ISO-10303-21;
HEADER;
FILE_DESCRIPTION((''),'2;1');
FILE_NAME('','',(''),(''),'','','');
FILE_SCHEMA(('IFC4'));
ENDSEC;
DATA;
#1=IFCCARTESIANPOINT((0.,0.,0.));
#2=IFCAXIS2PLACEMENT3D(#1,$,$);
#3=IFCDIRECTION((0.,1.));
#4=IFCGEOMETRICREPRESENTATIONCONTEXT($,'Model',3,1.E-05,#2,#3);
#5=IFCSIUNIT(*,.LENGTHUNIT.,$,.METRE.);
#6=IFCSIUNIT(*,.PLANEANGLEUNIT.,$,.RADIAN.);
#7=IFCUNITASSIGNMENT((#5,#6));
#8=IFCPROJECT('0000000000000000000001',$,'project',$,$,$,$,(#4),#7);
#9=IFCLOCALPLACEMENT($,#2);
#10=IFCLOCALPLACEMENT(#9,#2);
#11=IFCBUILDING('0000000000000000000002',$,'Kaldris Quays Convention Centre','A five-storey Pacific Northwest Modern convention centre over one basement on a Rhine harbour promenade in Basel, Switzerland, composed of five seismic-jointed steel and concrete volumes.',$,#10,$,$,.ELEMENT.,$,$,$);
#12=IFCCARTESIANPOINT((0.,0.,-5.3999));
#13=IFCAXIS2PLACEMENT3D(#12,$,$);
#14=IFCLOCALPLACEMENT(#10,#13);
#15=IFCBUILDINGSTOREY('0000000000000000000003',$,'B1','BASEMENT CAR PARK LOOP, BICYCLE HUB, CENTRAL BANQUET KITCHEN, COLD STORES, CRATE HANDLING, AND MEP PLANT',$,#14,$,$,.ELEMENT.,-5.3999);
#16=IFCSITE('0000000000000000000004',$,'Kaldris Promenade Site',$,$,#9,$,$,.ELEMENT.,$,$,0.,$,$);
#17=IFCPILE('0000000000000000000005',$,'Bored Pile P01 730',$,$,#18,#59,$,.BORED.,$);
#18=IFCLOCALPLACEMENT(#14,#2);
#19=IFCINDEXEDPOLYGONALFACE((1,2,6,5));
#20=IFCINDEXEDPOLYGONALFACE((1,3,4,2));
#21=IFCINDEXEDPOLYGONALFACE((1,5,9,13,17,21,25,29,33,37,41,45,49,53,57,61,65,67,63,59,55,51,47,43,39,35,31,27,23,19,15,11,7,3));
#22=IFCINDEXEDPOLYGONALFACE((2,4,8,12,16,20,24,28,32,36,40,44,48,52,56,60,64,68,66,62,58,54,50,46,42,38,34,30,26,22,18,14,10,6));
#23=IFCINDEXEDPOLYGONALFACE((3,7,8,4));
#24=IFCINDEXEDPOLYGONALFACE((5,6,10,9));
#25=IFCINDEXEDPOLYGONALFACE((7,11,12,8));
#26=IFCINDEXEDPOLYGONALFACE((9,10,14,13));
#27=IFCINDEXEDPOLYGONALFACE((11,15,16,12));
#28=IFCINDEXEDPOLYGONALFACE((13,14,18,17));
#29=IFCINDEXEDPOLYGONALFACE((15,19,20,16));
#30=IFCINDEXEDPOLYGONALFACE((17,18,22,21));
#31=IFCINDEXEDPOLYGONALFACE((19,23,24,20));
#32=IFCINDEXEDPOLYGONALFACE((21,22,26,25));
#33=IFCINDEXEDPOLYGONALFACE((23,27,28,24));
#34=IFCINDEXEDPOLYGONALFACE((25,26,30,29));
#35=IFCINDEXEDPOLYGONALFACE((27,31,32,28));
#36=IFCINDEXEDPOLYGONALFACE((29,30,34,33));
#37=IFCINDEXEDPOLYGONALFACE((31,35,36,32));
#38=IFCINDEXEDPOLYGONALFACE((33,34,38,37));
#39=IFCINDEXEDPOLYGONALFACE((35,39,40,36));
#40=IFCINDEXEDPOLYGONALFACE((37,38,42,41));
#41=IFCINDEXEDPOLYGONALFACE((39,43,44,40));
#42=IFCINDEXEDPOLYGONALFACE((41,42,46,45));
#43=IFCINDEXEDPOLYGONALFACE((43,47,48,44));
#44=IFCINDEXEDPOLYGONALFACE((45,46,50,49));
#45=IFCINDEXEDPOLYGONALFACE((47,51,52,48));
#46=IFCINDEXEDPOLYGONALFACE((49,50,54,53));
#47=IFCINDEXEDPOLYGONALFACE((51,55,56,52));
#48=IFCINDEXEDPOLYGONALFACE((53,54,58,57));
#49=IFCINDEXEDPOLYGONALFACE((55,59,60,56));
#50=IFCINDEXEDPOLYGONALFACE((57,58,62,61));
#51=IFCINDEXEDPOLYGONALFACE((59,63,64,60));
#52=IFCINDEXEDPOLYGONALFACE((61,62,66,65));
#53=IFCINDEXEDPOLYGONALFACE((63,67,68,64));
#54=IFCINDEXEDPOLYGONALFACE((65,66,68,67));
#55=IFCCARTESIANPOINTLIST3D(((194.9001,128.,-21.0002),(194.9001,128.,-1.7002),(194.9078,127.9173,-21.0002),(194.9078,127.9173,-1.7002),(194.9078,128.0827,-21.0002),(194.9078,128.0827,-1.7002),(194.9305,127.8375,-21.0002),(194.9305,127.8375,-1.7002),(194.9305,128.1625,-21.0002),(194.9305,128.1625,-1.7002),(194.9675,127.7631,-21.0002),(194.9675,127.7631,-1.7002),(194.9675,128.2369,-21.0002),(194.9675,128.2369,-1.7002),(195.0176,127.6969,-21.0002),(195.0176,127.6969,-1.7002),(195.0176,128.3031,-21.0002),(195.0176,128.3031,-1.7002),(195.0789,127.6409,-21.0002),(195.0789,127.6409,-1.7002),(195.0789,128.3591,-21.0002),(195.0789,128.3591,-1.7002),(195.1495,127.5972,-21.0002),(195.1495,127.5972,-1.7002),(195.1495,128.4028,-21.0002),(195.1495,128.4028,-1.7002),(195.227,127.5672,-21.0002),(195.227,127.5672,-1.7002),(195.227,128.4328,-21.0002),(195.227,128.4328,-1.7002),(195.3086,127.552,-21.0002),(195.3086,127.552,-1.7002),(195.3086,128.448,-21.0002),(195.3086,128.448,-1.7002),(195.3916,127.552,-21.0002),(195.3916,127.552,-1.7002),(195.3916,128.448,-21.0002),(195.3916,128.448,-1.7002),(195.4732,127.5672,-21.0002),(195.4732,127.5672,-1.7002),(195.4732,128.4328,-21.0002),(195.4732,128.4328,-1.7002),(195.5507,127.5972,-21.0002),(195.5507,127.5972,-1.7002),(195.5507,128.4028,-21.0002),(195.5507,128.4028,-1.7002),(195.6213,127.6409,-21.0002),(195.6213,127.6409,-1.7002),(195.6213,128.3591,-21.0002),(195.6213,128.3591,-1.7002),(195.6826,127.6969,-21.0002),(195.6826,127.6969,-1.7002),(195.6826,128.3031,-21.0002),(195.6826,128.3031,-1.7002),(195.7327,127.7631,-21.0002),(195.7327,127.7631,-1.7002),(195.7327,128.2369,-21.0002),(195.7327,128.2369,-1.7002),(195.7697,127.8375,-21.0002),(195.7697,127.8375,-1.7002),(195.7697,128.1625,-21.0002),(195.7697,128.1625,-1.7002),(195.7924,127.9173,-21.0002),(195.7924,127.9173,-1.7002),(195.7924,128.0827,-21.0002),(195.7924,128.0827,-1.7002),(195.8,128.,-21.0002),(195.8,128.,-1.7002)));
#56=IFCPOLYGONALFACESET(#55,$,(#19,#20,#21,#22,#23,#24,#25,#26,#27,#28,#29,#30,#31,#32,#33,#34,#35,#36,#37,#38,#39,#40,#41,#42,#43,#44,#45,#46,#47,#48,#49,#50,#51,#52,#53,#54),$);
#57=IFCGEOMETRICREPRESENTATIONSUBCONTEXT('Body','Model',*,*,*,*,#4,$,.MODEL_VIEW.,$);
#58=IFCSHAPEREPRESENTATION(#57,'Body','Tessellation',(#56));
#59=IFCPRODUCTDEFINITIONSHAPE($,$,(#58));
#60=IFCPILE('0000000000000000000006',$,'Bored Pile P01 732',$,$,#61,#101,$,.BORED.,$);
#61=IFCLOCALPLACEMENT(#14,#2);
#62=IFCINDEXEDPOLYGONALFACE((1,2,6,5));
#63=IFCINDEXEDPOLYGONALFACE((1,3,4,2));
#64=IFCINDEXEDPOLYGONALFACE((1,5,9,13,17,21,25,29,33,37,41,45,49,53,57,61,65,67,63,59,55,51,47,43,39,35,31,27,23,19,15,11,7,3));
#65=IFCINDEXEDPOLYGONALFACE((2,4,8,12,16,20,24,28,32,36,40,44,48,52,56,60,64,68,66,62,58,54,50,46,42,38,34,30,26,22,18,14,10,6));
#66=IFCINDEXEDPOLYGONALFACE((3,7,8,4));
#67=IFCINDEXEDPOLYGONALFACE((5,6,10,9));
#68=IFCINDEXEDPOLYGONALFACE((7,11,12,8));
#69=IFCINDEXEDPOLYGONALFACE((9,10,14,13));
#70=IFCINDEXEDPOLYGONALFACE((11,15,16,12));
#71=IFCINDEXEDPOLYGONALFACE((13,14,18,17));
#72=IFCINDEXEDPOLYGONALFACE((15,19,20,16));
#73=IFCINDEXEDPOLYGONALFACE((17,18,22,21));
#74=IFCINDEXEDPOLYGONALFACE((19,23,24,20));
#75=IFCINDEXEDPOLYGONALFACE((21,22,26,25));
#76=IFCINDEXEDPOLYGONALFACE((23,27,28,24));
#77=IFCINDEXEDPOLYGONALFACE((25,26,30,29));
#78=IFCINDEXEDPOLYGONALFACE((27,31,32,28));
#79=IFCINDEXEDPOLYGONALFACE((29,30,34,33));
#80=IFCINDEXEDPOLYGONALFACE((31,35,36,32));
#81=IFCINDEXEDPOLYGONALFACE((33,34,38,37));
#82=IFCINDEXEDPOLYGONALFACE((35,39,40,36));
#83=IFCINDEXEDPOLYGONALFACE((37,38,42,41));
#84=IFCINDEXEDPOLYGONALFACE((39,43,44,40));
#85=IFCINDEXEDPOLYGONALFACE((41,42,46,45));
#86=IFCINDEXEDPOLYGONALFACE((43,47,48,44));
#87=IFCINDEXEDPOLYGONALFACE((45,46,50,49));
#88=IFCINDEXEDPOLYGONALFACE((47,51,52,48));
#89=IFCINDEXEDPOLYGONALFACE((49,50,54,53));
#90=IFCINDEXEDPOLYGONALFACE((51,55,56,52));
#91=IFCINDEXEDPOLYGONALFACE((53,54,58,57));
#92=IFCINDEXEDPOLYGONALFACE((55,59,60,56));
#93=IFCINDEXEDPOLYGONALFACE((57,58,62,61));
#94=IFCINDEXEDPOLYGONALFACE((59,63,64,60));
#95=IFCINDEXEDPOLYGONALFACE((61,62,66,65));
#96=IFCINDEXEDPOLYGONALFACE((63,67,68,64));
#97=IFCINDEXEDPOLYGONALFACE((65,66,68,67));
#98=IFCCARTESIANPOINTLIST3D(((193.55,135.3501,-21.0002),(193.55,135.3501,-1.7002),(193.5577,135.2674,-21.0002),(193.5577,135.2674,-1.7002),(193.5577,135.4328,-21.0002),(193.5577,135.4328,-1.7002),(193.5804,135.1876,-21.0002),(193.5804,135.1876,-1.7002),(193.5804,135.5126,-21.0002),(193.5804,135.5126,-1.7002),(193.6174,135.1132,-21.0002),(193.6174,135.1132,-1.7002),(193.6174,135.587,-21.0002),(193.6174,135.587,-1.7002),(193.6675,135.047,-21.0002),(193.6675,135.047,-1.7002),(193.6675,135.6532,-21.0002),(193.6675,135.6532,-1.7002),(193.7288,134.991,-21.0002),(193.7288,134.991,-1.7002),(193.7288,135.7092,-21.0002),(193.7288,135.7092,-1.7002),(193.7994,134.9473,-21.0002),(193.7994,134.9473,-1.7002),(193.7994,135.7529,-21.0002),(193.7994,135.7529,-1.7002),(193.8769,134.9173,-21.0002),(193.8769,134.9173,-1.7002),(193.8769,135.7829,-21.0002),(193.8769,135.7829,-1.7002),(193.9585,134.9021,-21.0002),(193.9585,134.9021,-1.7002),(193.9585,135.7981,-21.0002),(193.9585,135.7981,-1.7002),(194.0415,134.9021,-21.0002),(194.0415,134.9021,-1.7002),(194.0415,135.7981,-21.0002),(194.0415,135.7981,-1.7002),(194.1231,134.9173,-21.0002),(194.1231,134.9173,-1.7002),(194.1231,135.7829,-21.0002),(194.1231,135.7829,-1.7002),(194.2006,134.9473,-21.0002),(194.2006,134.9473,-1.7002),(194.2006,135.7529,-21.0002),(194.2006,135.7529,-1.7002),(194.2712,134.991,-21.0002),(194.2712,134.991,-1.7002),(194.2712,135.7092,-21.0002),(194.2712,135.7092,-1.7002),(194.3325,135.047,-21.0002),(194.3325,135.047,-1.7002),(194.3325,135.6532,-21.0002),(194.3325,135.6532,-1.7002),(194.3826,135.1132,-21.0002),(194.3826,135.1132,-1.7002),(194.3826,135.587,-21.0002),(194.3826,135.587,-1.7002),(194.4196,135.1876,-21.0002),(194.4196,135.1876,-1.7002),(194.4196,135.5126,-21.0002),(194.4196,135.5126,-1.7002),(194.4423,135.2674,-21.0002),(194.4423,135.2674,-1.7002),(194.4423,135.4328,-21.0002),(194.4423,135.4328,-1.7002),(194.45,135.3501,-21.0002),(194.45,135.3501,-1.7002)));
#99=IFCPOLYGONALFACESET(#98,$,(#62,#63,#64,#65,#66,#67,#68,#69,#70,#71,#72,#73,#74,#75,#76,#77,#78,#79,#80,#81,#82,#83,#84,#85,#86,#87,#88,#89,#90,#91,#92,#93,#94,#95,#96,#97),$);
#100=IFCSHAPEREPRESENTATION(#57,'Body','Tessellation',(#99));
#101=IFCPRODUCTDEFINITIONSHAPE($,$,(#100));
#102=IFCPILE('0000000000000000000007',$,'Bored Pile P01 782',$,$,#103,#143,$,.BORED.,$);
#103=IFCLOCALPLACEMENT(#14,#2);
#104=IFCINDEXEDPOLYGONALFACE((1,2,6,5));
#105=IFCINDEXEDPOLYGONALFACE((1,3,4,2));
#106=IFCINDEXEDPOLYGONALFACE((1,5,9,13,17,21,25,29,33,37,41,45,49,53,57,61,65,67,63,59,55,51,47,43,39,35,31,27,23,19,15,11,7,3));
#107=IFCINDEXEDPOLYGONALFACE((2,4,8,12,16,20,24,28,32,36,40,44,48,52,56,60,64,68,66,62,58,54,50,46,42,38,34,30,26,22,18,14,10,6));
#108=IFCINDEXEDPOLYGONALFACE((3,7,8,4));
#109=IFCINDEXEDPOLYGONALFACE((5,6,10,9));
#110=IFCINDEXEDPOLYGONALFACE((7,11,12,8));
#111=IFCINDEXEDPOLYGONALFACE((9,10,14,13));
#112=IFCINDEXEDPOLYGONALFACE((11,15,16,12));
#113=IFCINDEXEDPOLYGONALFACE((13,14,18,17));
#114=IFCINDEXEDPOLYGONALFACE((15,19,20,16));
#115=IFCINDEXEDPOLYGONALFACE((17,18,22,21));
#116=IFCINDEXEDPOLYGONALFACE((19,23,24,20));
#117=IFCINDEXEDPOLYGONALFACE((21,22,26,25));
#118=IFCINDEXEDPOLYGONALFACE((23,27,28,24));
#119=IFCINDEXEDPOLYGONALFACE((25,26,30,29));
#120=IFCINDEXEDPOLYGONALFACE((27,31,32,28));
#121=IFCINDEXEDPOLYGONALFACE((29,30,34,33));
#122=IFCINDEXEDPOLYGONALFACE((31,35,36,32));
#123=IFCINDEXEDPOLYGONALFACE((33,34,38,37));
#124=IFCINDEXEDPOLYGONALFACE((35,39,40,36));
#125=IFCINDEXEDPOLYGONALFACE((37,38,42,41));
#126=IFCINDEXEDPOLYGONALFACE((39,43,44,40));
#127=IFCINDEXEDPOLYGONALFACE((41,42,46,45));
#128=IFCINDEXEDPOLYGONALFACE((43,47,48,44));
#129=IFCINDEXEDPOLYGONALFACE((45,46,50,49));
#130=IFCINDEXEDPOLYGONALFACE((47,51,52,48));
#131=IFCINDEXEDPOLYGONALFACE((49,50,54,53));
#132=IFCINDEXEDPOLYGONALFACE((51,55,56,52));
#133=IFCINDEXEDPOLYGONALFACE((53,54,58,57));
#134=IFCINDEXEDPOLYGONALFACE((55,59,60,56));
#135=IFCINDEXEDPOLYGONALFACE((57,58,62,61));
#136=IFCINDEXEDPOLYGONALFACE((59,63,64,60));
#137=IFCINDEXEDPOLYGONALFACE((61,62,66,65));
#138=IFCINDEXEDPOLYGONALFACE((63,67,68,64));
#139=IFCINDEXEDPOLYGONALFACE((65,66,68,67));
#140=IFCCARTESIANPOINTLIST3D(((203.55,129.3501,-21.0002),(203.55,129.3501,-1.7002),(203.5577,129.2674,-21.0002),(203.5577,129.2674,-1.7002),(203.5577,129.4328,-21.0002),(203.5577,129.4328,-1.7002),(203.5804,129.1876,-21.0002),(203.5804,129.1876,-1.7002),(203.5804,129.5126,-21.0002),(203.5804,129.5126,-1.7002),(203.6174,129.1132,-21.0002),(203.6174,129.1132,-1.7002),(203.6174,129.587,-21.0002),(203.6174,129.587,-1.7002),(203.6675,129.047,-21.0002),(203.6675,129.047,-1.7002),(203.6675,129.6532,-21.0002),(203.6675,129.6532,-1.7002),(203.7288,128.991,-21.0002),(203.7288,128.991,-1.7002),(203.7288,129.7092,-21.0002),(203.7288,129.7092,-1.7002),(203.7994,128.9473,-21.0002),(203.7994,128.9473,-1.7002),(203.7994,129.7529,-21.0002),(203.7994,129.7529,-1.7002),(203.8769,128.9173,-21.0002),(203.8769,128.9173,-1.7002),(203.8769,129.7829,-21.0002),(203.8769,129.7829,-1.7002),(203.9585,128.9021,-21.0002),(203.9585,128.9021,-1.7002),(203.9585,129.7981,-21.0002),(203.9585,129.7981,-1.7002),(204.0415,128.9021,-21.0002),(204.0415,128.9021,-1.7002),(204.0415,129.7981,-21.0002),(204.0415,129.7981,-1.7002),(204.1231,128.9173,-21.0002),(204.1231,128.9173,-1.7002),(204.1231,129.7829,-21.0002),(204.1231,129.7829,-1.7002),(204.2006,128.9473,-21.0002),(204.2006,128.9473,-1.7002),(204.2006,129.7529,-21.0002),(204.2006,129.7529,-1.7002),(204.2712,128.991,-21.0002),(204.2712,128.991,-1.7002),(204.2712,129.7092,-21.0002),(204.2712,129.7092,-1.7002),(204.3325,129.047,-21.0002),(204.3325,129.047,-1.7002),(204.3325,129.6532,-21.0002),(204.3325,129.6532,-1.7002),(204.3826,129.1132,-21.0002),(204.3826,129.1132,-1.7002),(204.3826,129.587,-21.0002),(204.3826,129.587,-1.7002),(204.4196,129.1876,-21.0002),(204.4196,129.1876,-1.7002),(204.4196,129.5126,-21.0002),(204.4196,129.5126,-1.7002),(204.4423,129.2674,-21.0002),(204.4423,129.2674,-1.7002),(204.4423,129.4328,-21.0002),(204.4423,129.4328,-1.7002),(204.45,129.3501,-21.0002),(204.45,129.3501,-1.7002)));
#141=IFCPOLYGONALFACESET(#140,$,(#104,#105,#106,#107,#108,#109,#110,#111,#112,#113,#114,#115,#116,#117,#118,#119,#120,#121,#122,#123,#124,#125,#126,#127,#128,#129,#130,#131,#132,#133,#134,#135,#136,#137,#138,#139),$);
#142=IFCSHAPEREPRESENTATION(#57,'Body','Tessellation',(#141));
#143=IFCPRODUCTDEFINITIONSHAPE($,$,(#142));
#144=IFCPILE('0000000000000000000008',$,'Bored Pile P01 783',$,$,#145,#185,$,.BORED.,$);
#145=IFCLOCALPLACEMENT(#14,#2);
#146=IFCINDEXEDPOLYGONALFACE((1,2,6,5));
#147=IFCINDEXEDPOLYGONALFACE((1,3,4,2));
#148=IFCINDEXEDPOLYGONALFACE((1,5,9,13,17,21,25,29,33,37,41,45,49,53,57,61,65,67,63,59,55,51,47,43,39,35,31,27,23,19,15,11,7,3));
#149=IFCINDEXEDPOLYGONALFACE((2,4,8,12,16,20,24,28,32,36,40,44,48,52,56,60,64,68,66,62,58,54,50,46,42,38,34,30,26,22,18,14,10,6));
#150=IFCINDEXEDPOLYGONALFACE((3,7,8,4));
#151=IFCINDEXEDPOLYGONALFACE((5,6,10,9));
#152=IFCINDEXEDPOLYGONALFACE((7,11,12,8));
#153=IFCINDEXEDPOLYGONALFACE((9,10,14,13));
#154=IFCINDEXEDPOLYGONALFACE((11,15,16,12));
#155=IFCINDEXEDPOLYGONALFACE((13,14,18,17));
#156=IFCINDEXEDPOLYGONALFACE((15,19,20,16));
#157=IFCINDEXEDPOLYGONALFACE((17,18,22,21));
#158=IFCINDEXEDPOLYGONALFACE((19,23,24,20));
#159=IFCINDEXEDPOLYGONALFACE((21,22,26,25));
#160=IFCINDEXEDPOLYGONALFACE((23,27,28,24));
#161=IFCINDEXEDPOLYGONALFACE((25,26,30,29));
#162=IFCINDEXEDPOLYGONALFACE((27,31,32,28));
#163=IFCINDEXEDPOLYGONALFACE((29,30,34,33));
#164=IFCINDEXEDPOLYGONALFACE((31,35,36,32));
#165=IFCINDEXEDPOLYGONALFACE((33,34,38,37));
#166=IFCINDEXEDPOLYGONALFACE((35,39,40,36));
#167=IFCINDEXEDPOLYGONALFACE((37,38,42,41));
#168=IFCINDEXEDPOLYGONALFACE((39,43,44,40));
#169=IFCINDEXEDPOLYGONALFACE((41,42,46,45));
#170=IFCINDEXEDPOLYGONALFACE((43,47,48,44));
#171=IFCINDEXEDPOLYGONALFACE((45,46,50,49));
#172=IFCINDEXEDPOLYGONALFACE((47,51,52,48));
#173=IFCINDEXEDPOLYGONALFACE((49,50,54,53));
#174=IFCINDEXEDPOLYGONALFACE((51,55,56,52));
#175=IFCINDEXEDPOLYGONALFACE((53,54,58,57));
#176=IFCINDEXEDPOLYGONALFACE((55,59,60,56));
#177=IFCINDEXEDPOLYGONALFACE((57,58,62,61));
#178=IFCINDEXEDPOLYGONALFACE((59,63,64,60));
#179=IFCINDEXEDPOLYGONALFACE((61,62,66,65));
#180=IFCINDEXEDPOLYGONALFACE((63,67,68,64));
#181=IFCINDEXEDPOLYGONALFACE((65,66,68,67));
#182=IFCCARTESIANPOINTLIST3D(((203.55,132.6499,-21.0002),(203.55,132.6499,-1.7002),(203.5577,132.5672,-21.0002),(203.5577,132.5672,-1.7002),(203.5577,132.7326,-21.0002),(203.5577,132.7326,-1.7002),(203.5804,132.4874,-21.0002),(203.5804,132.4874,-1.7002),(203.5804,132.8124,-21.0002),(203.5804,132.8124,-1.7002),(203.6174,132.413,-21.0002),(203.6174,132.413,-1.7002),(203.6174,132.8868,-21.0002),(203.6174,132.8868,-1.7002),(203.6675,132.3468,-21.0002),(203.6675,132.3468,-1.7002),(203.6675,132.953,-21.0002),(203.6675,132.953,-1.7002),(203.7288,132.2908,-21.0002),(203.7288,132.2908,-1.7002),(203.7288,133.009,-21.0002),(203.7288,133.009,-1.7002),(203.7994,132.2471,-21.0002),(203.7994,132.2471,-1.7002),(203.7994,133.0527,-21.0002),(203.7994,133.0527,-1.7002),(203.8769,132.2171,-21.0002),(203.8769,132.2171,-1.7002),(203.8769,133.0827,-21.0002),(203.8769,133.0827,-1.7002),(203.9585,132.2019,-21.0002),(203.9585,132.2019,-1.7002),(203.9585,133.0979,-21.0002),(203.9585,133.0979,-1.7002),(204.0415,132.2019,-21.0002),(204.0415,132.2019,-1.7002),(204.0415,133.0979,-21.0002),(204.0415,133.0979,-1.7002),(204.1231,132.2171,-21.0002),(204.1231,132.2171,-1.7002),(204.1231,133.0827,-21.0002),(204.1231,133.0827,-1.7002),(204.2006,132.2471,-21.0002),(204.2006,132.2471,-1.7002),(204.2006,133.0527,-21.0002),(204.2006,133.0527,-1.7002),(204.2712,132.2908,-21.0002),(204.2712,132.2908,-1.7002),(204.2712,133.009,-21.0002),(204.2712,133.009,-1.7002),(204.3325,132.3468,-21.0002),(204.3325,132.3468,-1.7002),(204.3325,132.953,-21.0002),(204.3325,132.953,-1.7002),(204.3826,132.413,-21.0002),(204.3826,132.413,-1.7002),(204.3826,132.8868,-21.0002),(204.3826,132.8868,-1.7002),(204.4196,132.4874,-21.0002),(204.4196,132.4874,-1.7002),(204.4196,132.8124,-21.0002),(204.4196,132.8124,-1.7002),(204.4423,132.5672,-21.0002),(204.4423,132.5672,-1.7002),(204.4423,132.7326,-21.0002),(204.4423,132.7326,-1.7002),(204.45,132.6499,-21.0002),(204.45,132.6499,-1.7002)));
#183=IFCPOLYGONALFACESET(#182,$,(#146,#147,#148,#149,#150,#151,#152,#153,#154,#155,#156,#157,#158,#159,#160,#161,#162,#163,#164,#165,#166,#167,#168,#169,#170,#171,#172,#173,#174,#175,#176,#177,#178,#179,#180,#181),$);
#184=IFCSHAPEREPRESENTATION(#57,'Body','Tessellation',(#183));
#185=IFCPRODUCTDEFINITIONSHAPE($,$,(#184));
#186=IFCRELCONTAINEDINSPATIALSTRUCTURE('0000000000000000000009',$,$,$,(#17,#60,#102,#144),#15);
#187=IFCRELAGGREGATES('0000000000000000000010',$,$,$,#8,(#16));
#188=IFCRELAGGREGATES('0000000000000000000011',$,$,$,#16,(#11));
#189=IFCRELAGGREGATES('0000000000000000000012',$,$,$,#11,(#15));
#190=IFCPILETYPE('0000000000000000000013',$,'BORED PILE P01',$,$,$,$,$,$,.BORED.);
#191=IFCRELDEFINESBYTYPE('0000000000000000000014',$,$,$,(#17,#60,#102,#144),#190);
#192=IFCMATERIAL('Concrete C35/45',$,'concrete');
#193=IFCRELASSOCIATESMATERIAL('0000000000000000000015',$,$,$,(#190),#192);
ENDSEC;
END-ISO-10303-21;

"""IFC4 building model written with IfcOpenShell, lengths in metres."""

from ifc_helpers import new_model, si_unit, direction, frame, origin, origin_2d, place, context, subcontext, project, spatial, circle, extrude, material, material_profile, profile_set, type_object, element, save


model = new_model("IFC4")

# Units and contexts
model_context = context("Model", 3, precision=1e-05, world=origin(), true_north=direction((0.0, 1.0)))
body_context = subcontext(model_context, "Body", "Model", "MODEL_VIEW")
ifc_project = project(units=[si_unit("LENGTHUNIT", "METRE"), si_unit("PLANEANGLEUNIT", "RADIAN")], contexts=[model_context])

# Site, building, storey
site_placement = place(None, origin())
site = spatial("IfcSite", under=ifc_project, at=site_placement, Name="Kaldris Promenade Site", CompositionType="ELEMENT", RefElevation=0.0)
building_placement = place(site_placement, origin())
building = spatial("IfcBuilding", under=site, at=building_placement, Name="Kaldris Quays Convention Centre", Description="A five-storey Pacific Northwest Modern convention centre over one basement on a Rhine harbour promenade in Basel, Switzerland, composed of five seismic-jointed steel and concrete volumes.", CompositionType="ELEMENT")
storey_placement = place(building_placement, frame((0.0, 0.0, -5.3999)))
storey = spatial("IfcBuildingStorey", under=building, at=storey_placement, Name="B1", Description="BASEMENT CAR PARK LOOP, BICYCLE HUB, CENTRAL BANQUET KITCHEN, COLD STORES, CRATE HANDLING, AND MEP PLANT", CompositionType="ELEMENT", Elevation=-5.3999)

# Piles
ifc_material_1 = material(Name="Concrete C35/45", Category="concrete")
ifc_material_profile_1 = material_profile(ifc_material_1, circle(Radius=0.45, at=origin_2d()), Name="BORED PILE D900")
ifc_profile_set_1 = profile_set([ifc_material_profile_1], Name="Concrete C35/45")
pile_type = type_object("IfcPileType", Name="BORED PILE P01", PredefinedType="BORED", material=ifc_profile_set_1)
for number, where, z_axis, x_axis, name in (
    (1, (195.3501, 128.0, -1.7002), (0.0, 0.0, -1.0), (1.0, 0.0, 0.0), "Bored Pile P01 730"),
    (2, (194.0, 135.3501, -1.7002), (0.0, 0.0, -1.0), (1.0, 0.0, 0.0), "Bored Pile P01 732"),
    (3, (204.0, 129.3501, -1.7002), (0.0, 0.0, -1.0), (1.0, 0.0, 0.0), "Bored Pile P01 782"),
    (4, (204.0, 132.6499, -1.7002), (0.0, 0.0, -1.0), (1.0, 0.0, 0.0), "Bored Pile P01 783"),
):
    element("IfcPile", number, at=place(storey_placement, frame(where, z_axis=z_axis, x_axis=x_axis)), inside=storey, type_object=pile_type, Name=name, PredefinedType="BORED", context=body_context, shape_type="SweptSolid", body=[
        extrude(circle(Radius=0.45, at=origin_2d()), origin(), (0.0, 0.0, 1.0), 19.3),
    ])

save(model, "model.ifc")
